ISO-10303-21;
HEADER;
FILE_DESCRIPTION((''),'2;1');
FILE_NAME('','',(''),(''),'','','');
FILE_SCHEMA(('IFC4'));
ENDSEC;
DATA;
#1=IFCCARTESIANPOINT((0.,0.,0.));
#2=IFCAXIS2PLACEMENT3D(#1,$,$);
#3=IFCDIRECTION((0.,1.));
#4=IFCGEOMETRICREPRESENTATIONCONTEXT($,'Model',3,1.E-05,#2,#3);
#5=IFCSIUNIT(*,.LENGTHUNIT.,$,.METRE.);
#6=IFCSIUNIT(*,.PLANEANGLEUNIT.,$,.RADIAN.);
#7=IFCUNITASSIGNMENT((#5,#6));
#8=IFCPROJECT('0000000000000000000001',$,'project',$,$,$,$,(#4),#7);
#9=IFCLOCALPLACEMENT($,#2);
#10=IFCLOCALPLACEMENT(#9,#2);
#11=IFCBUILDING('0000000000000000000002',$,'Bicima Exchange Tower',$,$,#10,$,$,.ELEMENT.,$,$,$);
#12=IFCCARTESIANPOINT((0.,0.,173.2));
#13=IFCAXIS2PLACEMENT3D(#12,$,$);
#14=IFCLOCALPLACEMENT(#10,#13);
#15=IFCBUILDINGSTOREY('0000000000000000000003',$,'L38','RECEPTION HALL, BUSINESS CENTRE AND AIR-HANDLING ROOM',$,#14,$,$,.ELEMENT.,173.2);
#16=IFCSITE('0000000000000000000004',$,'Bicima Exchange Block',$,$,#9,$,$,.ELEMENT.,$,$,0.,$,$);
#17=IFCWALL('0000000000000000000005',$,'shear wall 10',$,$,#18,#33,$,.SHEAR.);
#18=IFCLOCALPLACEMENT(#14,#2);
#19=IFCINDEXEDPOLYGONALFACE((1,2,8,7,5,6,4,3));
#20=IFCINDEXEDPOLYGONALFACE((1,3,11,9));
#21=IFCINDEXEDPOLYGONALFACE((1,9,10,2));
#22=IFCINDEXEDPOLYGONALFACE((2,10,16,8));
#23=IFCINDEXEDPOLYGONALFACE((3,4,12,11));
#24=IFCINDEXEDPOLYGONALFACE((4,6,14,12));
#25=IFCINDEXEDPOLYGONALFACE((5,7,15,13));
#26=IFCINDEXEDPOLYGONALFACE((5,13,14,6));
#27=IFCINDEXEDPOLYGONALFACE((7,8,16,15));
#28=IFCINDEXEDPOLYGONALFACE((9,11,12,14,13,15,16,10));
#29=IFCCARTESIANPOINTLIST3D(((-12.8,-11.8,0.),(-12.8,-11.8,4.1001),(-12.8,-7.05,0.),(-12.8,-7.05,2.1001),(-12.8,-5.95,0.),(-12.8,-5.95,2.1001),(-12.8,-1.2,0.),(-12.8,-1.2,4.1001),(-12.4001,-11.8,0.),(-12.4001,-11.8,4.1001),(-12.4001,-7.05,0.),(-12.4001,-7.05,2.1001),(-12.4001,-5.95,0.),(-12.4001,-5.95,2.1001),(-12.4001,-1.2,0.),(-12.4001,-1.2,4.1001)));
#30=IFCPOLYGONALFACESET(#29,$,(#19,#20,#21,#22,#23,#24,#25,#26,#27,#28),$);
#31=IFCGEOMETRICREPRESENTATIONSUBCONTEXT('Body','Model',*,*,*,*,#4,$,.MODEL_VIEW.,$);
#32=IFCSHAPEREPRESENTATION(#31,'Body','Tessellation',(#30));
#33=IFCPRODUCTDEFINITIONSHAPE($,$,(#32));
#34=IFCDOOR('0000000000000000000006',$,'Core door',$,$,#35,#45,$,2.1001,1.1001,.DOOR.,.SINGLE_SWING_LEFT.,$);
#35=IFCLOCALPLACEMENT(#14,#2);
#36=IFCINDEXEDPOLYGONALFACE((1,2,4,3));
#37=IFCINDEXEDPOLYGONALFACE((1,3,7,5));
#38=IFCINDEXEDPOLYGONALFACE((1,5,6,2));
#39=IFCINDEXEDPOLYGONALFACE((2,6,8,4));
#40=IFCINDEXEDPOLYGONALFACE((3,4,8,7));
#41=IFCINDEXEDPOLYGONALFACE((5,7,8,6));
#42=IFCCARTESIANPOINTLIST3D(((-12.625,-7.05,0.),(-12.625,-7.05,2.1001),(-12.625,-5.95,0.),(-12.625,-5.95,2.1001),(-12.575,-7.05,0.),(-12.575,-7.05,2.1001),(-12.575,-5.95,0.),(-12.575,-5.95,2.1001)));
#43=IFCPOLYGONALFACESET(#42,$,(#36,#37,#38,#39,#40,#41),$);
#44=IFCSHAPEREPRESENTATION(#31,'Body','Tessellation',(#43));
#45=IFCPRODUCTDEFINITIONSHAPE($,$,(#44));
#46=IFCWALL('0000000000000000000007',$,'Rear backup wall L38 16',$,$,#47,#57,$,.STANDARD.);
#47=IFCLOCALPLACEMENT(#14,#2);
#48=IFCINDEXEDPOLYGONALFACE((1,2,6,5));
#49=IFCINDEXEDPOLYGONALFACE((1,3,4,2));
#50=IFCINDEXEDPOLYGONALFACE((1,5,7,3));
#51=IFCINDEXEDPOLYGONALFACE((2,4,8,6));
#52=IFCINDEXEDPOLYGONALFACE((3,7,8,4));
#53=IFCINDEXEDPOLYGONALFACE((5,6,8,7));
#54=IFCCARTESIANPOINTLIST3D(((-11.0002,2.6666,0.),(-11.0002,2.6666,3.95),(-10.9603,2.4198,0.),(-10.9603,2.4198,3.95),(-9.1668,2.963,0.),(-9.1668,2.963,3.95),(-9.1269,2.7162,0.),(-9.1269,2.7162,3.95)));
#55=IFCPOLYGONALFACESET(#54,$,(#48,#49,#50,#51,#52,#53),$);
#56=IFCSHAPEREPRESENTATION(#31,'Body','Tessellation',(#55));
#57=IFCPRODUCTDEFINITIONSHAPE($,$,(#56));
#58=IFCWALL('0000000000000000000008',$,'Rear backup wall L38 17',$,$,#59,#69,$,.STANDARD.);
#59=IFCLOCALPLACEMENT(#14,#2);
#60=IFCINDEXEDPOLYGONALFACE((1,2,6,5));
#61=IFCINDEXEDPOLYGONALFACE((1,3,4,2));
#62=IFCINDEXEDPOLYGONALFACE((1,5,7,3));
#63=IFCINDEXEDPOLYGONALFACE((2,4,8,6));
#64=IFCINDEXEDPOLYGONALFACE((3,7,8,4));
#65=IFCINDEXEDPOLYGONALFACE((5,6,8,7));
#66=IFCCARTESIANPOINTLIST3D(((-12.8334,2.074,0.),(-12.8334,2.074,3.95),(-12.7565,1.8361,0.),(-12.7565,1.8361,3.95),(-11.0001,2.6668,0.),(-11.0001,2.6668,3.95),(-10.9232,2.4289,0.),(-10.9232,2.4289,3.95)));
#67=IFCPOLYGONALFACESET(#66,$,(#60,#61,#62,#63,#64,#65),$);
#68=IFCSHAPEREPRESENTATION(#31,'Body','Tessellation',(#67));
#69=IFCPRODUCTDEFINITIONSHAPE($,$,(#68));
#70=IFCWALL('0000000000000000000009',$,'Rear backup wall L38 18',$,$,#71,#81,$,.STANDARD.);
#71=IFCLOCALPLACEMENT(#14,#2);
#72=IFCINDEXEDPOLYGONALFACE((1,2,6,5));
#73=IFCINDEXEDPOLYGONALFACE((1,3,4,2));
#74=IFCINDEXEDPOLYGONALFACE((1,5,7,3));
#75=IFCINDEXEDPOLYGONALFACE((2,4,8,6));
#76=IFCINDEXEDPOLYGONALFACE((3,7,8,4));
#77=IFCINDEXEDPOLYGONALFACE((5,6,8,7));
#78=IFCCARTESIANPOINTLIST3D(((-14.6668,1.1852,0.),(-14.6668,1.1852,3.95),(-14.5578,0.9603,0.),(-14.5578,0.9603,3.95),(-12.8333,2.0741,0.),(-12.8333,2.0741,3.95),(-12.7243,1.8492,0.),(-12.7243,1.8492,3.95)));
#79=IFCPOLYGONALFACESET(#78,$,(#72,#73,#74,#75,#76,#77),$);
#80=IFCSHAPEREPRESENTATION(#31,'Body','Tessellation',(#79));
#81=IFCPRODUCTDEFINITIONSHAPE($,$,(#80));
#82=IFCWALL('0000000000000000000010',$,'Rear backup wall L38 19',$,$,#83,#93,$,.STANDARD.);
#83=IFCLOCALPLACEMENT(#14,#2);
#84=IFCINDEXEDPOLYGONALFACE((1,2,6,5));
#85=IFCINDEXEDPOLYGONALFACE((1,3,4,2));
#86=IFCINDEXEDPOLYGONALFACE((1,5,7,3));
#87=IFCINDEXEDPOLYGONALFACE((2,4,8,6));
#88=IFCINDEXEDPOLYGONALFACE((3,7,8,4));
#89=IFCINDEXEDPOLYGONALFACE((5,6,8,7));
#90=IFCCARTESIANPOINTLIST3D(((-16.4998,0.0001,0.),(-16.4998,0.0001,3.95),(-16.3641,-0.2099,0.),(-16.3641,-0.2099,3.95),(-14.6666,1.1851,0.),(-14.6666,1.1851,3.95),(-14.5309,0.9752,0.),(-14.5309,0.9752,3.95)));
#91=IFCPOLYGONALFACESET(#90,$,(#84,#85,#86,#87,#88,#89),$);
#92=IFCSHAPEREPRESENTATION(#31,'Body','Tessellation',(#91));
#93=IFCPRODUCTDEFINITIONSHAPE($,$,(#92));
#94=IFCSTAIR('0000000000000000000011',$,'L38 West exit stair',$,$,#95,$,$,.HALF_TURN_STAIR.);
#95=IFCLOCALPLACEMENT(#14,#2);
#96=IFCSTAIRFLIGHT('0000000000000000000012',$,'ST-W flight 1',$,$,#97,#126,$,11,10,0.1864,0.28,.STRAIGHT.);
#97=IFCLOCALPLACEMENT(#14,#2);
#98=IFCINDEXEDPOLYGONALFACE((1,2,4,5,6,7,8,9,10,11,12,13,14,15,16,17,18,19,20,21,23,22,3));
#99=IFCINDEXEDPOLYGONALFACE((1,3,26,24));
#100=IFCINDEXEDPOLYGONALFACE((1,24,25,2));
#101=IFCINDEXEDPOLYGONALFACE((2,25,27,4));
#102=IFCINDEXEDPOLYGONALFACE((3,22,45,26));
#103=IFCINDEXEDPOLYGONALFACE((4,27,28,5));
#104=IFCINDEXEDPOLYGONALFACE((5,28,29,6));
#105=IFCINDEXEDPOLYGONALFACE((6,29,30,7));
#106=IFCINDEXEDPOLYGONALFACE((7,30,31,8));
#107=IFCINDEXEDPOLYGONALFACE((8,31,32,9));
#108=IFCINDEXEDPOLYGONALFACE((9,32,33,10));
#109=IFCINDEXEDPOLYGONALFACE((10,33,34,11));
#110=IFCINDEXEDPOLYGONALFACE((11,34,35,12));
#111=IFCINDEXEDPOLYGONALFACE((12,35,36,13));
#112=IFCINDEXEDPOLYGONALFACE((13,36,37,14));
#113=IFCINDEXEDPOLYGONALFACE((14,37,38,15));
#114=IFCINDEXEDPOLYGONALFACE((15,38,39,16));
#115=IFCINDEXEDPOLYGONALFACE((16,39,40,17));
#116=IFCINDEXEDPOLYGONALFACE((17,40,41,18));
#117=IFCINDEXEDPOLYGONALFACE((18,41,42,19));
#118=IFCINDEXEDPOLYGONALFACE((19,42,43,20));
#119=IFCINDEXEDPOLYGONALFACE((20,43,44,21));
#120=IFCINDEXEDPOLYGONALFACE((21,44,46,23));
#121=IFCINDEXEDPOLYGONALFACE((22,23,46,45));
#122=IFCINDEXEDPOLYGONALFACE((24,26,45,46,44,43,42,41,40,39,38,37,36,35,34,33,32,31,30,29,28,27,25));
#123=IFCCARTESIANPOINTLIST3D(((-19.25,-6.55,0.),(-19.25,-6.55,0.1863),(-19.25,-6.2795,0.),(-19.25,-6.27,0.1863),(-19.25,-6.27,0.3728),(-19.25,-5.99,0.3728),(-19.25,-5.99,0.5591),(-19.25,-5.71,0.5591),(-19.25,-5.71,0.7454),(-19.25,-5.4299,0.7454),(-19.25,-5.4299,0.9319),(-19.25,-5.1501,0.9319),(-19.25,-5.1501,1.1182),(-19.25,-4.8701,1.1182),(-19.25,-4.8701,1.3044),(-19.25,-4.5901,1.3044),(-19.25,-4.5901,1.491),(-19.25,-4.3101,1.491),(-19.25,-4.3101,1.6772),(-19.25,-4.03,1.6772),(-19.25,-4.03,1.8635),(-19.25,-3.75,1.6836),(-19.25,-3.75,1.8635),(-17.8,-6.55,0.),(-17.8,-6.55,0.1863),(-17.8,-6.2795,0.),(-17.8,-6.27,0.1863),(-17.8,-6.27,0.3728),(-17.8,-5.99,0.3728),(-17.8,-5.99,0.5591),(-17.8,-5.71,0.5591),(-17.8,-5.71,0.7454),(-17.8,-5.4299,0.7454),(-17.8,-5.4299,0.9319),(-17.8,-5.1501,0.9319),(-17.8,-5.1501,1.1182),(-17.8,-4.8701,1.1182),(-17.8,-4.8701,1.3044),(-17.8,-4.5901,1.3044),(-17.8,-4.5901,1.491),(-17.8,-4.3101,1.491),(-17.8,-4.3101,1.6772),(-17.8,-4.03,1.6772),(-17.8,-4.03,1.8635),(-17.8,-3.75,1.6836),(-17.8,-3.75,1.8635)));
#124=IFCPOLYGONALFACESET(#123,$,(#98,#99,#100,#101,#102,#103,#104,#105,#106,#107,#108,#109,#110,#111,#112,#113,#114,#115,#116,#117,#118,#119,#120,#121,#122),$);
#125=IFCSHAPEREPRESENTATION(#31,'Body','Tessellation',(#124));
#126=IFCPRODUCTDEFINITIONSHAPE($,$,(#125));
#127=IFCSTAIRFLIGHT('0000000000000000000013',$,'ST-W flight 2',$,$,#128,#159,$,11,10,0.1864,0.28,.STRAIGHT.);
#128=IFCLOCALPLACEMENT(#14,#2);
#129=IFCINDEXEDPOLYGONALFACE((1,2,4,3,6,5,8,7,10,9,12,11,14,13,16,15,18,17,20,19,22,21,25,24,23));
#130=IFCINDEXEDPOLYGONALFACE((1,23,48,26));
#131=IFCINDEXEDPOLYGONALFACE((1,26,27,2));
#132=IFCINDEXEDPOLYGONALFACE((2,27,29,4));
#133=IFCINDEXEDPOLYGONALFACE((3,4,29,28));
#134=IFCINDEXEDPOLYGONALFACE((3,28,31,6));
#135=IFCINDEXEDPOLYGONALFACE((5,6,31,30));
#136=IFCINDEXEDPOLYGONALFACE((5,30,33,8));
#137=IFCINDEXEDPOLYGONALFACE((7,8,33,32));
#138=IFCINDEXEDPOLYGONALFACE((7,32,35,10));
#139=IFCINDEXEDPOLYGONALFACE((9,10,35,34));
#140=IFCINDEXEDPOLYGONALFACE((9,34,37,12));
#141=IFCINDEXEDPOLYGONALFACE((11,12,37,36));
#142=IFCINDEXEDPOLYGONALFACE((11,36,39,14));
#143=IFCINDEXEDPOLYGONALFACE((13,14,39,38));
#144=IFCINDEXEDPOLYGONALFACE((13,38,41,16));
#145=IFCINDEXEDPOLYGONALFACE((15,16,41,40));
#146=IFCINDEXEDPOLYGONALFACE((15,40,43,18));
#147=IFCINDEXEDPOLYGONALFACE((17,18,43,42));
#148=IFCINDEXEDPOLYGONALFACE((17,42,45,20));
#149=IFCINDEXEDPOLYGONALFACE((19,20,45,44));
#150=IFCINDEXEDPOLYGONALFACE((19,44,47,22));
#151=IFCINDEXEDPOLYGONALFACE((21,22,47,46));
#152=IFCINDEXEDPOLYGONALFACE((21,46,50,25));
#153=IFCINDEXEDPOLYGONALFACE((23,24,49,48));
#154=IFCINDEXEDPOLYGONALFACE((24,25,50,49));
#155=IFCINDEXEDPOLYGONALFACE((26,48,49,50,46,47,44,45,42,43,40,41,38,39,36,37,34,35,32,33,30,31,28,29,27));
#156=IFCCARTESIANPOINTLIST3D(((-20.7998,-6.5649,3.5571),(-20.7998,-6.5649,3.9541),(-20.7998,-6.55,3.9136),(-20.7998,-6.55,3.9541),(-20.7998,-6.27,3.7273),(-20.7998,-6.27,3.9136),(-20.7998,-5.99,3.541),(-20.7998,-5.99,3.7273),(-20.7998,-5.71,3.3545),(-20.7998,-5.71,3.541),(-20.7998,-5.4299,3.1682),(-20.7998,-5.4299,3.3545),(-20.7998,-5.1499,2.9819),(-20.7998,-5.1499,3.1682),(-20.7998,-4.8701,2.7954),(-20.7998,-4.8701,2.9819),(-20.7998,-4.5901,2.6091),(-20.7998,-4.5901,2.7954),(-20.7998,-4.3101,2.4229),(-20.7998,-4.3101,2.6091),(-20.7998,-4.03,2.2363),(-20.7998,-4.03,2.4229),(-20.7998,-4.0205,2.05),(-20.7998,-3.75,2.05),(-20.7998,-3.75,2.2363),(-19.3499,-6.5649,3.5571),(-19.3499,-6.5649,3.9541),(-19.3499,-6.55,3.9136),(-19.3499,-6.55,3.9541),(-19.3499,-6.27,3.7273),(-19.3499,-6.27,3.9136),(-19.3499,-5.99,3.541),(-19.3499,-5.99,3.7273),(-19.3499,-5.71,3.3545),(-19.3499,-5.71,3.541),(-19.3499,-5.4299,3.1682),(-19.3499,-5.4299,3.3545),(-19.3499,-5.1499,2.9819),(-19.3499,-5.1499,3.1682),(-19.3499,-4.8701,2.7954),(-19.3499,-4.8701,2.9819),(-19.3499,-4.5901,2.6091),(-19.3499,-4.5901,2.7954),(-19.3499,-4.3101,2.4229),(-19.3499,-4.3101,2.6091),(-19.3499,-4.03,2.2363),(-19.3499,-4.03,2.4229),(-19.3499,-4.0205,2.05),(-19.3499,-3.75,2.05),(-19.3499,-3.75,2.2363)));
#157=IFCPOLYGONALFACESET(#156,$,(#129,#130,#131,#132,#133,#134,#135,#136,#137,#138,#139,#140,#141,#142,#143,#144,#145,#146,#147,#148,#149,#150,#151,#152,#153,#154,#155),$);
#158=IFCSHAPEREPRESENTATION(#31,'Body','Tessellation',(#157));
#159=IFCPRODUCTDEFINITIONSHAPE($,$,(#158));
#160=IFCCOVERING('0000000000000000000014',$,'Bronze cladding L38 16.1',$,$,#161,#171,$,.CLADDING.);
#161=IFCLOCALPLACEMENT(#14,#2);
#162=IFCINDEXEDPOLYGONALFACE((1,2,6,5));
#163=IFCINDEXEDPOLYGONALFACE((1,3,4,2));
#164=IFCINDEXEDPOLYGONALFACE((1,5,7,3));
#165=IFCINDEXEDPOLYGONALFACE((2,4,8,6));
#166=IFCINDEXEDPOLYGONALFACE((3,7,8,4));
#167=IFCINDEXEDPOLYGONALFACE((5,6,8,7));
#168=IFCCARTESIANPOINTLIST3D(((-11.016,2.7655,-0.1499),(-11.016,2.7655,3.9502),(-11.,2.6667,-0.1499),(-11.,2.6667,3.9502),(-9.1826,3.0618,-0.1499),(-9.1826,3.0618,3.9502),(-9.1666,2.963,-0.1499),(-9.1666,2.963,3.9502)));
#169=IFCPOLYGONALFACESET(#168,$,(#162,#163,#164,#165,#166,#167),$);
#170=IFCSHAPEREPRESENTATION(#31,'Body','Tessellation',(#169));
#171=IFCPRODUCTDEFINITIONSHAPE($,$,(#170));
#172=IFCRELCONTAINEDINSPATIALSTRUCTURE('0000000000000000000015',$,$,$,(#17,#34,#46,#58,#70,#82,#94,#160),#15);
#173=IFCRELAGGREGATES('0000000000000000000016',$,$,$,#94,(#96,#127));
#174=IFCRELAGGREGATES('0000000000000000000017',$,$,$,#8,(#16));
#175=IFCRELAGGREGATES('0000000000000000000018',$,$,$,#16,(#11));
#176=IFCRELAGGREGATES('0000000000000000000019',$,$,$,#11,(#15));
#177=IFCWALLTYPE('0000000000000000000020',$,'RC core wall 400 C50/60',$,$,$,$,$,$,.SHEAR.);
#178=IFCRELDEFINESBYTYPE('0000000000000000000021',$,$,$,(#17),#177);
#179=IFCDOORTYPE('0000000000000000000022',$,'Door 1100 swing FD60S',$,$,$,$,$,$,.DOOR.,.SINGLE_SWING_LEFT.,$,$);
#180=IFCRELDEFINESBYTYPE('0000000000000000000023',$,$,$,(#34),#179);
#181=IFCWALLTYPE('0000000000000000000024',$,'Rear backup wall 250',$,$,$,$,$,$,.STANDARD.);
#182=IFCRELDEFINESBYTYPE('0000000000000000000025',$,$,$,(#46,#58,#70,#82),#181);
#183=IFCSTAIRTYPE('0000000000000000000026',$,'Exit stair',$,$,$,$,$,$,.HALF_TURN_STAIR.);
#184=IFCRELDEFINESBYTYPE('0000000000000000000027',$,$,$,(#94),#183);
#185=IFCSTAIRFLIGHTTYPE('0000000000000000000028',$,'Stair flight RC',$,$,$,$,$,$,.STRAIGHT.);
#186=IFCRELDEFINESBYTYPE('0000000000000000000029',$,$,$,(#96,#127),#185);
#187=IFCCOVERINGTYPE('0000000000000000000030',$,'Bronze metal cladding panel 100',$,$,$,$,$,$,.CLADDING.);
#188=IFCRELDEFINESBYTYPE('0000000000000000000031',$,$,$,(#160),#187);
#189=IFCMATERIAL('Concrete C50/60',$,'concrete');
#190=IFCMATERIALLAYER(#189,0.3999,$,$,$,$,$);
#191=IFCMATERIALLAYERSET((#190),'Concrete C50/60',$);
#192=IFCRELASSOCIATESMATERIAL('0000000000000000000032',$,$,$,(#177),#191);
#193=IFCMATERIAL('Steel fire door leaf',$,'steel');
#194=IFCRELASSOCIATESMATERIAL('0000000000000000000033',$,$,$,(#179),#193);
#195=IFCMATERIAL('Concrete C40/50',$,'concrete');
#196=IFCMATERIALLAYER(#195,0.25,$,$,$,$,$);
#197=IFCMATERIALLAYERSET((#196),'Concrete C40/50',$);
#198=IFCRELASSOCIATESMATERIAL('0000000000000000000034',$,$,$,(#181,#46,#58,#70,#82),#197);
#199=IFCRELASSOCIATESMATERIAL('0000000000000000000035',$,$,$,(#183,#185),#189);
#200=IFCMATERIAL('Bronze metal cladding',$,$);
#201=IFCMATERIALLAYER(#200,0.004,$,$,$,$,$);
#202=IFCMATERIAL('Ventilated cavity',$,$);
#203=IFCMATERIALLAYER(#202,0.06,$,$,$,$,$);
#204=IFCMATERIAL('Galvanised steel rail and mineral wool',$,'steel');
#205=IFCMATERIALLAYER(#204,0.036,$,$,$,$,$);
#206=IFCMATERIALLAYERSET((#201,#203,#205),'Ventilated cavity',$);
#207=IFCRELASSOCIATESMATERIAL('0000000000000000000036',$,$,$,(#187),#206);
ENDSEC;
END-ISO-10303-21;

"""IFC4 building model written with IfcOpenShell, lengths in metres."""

from ifc_helpers import new_model, si_unit, direction, frame, frame_2d, origin, origin_2d, place, context, subcontext, project, spatial, polyline, rectangle, outline, extrude, material, layer, layer_set, layer_usage, type_object, element, fill, aggregate, save


model = new_model("IFC4")

# Units and contexts
model_context = context("Model", 3, precision=1e-05, world=origin(), true_north=direction((0.0, 1.0)))
body_context = subcontext(model_context, "Body", "Model", "MODEL_VIEW")
ifc_project = project(units=[si_unit("LENGTHUNIT", "METRE"), si_unit("PLANEANGLEUNIT", "RADIAN")], contexts=[model_context])

# Site, building, storey
site_placement = place(None, origin())
site = spatial("IfcSite", under=ifc_project, at=site_placement, Name="Bicima Exchange Block", CompositionType="ELEMENT", RefElevation=0.0)
building_placement = place(site_placement, origin())
building = spatial("IfcBuilding", under=site, at=building_placement, Name="Bicima Exchange Tower", CompositionType="ELEMENT")
storey_placement = place(building_placement, frame((0.0, 0.0, 173.2)))
storey = spatial("IfcBuildingStorey", under=building, at=storey_placement, Name="L38", Description="RECEPTION HALL, BUSINESS CENTRE AND AIR-HANDLING ROOM", CompositionType="ELEMENT", Elevation=173.2)

# Shared definitions
ifc_material_1 = material(Name="Concrete C50/60", Category="concrete")
ifc_layer_1 = layer(ifc_material_1, 0.3999)
ifc_layer_set_1 = layer_set([ifc_layer_1], Name="Concrete C50/60")
wall_type_1 = type_object("IfcWallType", Name="RC core wall 400 C50/60", PredefinedType="SHEAR", material=ifc_layer_set_1)
ifc_material_2 = material(Name="Steel fire door leaf", Category="steel")
door_type_1 = type_object("IfcDoorType", Name="Door 1100 swing FD60S", OperationType="SINGLE_SWING_LEFT", PredefinedType="DOOR", material=ifc_material_2)

# Wall, opening, door
wall_1_placement = place(storey_placement, frame((-12.6001, -11.8, 0.0), z_axis=(0.0, 0.0, 1.0), x_axis=(0.0, 1.0, 0.0)))
wall_1 = element("IfcWall", 1, at=wall_1_placement, inside=storey, type_object=wall_type_1, Name="shear wall 10", PredefinedType="SHEAR", context=body_context, shape_type="SweptSolid", body=[
    extrude(rectangle(XDim=10.6001, YDim=0.3999, at=frame_2d((5.3, 0.0))), origin(), (0.0, 0.0, 1.0), 4.1001),
])
opening_1_placement = place(wall_1_placement, frame((4.75, 0.0, 0.0)))
opening_1 = element("IfcOpeningElement", 2, at=opening_1_placement, cuts=wall_1, PredefinedType="OPENING", context=body_context, shape_type="SweptSolid", body=[
    extrude(rectangle(XDim=1.1001, YDim=2.1001, at=frame_2d((0.55, 1.05))), frame((0.0, 0.2119, 0.0), z_axis=(0.0, -1.0, 0.0), x_axis=(1.0, 0.0, 0.0)), (0.0, 0.0, 1.0), 0.4238),
])
door_1_placement = place(opening_1_placement, origin())
door_1 = element("IfcDoor", 3, at=door_1_placement, inside=storey, type_object=door_type_1, Name="Core door", OperationType="SINGLE_SWING_LEFT", OverallHeight=2.1001, OverallWidth=1.1001, PredefinedType="DOOR", context=body_context, shape_type="SweptSolid", body=[
    extrude(rectangle(XDim=1.1001, YDim=2.1001, at=frame_2d((0.55, 1.05))), frame((0.0, 0.0249, 0.0), z_axis=(0.0, -1.0, 0.0), x_axis=(1.0, 0.0, 0.0)), (0.0, 0.0, 1.0), 0.05),
])
fill(opening_1, door_1)

# Walls
ifc_material_3 = material(Name="Concrete C40/50", Category="concrete")
ifc_layer_2 = layer(ifc_material_3, 0.25)
ifc_layer_set_2 = layer_set([ifc_layer_2], Name="Concrete C40/50")
ifc_layer_usage = layer_usage(ifc_layer_set_2, "AXIS2", "POSITIVE", -0.125)
wall_type_2 = type_object("IfcWallType", Name="Rear backup wall 250", PredefinedType="STANDARD", material=ifc_layer_set_2)
wall_2_placement = place(storey_placement, frame((-9.1467, 2.8396, 0.0), z_axis=(0.0, 0.0, 1.0), x_axis=(-0.987182, -0.1596, 0.0)))
element("IfcWall", 4, at=wall_2_placement, inside=storey, type_object=wall_type_2, material=ifc_layer_usage, Name="Rear backup wall L38 16", PredefinedType="STANDARD", context=body_context, shape_type="SweptSolid", body=[
    extrude(rectangle(XDim=1.8572, YDim=0.25, at=frame_2d((0.9287, 0.0))), origin(), (0.0, 0.0, 1.0), 3.95),
])
wall_3_placement = place(storey_placement, frame((-10.9617, 2.5479, 0.0), z_axis=(0.0, 0.0, 1.0), x_axis=(-0.951496, -0.307662, 0.0)))
element("IfcWall", 5, at=wall_3_placement, inside=storey, type_object=wall_type_2, material=ifc_layer_usage, Name="Rear backup wall L38 17", PredefinedType="STANDARD", context=body_context, shape_type="SweptSolid", body=[
    extrude(rectangle(XDim=1.9268, YDim=0.25, at=frame_2d((0.9634, 0.0))), origin(), (0.0, 0.0, 1.0), 3.95),
])
wall_4_placement = place(storey_placement, frame((-12.7788, 1.9617, 0.0), z_axis=(0.0, 0.0, 1.0), x_axis=(-0.899824, -0.436253, 0.0)))
element("IfcWall", 6, at=wall_4_placement, inside=storey, type_object=wall_type_2, material=ifc_layer_usage, Name="Rear backup wall L38 18", PredefinedType="STANDARD", context=body_context, shape_type="SweptSolid", body=[
    extrude(rectangle(XDim=2.0376, YDim=0.25, at=frame_2d((1.0188, 0.0))), origin(), (0.0, 0.0, 1.0), 3.95),
])
wall_5_placement = place(storey_placement, frame((-14.5989, 1.0801, 0.0), z_axis=(0.0, 0.0, 1.0), x_axis=(-0.839813, -0.542876, 0.0)))
element("IfcWall", 7, at=wall_5_placement, inside=storey, type_object=wall_type_2, material=ifc_layer_usage, Name="Rear backup wall L38 19", PredefinedType="STANDARD", context=body_context, shape_type="SweptSolid", body=[
    extrude(rectangle(XDim=2.1829, YDim=0.25, at=frame_2d((1.0913, 0.0))), origin(), (0.0, 0.0, 1.0), 3.95),
])

# Stair, stair flights
stair_type = type_object("IfcStairType", Name="Exit stair", PredefinedType="HALF_TURN_STAIR", material=ifc_material_1)
stair_placement = place(storey_placement, origin())
stair = element("IfcStair", 8, at=stair_placement, inside=storey, type_object=stair_type, Name="L38 West exit stair", PredefinedType="HALF_TURN_STAIR")
stair_flight_type = type_object("IfcStairFlightType", Name="Stair flight RC", PredefinedType="STRAIGHT", material=ifc_material_1)
stair_flight_1_placement = place(storey_placement, frame((-18.5249, -6.55, 0.0), z_axis=(0.0, 0.0, 1.0), x_axis=(0.0, 1.0, 0.0)))
stair_flight_1 = element("IfcStairFlight", 9, at=stair_flight_1_placement, type_object=stair_flight_type, Name="ST-W flight 1", NumberOfRisers=11, NumberOfTreads=10, PredefinedType="STRAIGHT", RiserHeight=0.1864, TreadLength=0.28, context=body_context, shape_type="SweptSolid", body=[
    extrude(outline(polyline([(0.0, 0.0), (0.0, 0.1863), (0.28, 0.1863), (0.28, 0.3728), (0.5601, 0.3728), (0.5601, 0.5591), (0.8401, 0.5591), (0.8401, 0.7454), (1.1201, 0.7454), (1.1201, 0.9319), (1.3999, 0.9319), (1.3999, 1.1182), (1.6799, 1.1182), (1.6799, 1.3044), (1.96, 1.3044), (1.96, 1.491), (2.24, 1.491), (2.24, 1.6772), (2.52, 1.6772), (2.52, 1.8635), (2.8, 1.8635), (2.8, 2.05), (2.8, 1.6836), (0.2705, 0.0), (0.0, 0.0)])), frame((0.0, 0.7251, 0.0), z_axis=(0.0, -1.0, 0.0), x_axis=(1.0, 0.0, 0.0)), (0.0, 0.0, 1.0), 1.45),
])
stair_flight_2_placement = place(storey_placement, frame((-20.075, -3.75, 2.05), z_axis=(0.0, 0.0, 1.0), x_axis=(0.0, -1.0, 0.0)))
stair_flight_2 = element("IfcStairFlight", 10, at=stair_flight_2_placement, type_object=stair_flight_type, Name="ST-W flight 2", NumberOfRisers=11, NumberOfTreads=10, PredefinedType="STRAIGHT", RiserHeight=0.1864, TreadLength=0.28, context=body_context, shape_type="SweptSolid", body=[
    extrude(outline(polyline([(0.0, 0.0), (0.0, 0.1863), (0.28, 0.1863), (0.28, 0.3728), (0.5601, 0.3728), (0.5601, 0.5591), (0.8401, 0.5591), (0.8401, 0.7454), (1.1201, 0.7454), (1.1201, 0.9319), (1.3999, 0.9319), (1.3999, 1.1182), (1.6799, 1.1182), (1.6799, 1.3044), (1.96, 1.3044), (1.96, 1.491), (2.24, 1.491), (2.24, 1.6772), (2.52, 1.6772), (2.52, 1.8635), (2.8, 1.8635), (2.8, 1.9041), (2.8149, 1.9041), (2.8149, 1.5071), (0.2705, 0.0), (0.0, 0.0)])), frame((0.0, 0.7251, 0.0), z_axis=(0.0, -1.0, 0.0), x_axis=(1.0, 0.0, 0.0)), (0.0, 0.0, 1.0), 1.45),
])
aggregate(stair, [stair_flight_1, stair_flight_2])

# Covering
ifc_material_4 = material(Name="Bronze metal cladding")
ifc_layer_3 = layer(ifc_material_4, 0.004)
ifc_material_5 = material(Name="Ventilated cavity")
ifc_layer_4 = layer(ifc_material_5, 0.06)
ifc_material_6 = material(Name="Galvanised steel rail and mineral wool", Category="steel")
ifc_layer_5 = layer(ifc_material_6, 0.036)
ifc_layer_set_3 = layer_set([ifc_layer_3, ifc_layer_4, ifc_layer_5], Name="Ventilated cavity")
covering_type = type_object("IfcCoveringType", Name="Bronze metal cladding panel 100", PredefinedType="CLADDING", material=ifc_layer_set_3)
covering_1_placement = place(storey_placement, frame((-10.0913, 2.8643, -0.1499), z_axis=(0.0, 0.0, 1.0), x_axis=(-0.98719, -0.15955, 0.0)))
element("IfcCovering", 11, at=covering_1_placement, inside=storey, type_object=covering_type, Name="Bronze cladding L38 16.1", PredefinedType="CLADDING", context=body_context, shape_type="SweptSolid", body=[
    extrude(rectangle(XDim=1.8572, YDim=0.1001, at=origin_2d()), origin(), (0.0, 0.0, 1.0), 4.1001),
])

save(model, "model.ifc")
